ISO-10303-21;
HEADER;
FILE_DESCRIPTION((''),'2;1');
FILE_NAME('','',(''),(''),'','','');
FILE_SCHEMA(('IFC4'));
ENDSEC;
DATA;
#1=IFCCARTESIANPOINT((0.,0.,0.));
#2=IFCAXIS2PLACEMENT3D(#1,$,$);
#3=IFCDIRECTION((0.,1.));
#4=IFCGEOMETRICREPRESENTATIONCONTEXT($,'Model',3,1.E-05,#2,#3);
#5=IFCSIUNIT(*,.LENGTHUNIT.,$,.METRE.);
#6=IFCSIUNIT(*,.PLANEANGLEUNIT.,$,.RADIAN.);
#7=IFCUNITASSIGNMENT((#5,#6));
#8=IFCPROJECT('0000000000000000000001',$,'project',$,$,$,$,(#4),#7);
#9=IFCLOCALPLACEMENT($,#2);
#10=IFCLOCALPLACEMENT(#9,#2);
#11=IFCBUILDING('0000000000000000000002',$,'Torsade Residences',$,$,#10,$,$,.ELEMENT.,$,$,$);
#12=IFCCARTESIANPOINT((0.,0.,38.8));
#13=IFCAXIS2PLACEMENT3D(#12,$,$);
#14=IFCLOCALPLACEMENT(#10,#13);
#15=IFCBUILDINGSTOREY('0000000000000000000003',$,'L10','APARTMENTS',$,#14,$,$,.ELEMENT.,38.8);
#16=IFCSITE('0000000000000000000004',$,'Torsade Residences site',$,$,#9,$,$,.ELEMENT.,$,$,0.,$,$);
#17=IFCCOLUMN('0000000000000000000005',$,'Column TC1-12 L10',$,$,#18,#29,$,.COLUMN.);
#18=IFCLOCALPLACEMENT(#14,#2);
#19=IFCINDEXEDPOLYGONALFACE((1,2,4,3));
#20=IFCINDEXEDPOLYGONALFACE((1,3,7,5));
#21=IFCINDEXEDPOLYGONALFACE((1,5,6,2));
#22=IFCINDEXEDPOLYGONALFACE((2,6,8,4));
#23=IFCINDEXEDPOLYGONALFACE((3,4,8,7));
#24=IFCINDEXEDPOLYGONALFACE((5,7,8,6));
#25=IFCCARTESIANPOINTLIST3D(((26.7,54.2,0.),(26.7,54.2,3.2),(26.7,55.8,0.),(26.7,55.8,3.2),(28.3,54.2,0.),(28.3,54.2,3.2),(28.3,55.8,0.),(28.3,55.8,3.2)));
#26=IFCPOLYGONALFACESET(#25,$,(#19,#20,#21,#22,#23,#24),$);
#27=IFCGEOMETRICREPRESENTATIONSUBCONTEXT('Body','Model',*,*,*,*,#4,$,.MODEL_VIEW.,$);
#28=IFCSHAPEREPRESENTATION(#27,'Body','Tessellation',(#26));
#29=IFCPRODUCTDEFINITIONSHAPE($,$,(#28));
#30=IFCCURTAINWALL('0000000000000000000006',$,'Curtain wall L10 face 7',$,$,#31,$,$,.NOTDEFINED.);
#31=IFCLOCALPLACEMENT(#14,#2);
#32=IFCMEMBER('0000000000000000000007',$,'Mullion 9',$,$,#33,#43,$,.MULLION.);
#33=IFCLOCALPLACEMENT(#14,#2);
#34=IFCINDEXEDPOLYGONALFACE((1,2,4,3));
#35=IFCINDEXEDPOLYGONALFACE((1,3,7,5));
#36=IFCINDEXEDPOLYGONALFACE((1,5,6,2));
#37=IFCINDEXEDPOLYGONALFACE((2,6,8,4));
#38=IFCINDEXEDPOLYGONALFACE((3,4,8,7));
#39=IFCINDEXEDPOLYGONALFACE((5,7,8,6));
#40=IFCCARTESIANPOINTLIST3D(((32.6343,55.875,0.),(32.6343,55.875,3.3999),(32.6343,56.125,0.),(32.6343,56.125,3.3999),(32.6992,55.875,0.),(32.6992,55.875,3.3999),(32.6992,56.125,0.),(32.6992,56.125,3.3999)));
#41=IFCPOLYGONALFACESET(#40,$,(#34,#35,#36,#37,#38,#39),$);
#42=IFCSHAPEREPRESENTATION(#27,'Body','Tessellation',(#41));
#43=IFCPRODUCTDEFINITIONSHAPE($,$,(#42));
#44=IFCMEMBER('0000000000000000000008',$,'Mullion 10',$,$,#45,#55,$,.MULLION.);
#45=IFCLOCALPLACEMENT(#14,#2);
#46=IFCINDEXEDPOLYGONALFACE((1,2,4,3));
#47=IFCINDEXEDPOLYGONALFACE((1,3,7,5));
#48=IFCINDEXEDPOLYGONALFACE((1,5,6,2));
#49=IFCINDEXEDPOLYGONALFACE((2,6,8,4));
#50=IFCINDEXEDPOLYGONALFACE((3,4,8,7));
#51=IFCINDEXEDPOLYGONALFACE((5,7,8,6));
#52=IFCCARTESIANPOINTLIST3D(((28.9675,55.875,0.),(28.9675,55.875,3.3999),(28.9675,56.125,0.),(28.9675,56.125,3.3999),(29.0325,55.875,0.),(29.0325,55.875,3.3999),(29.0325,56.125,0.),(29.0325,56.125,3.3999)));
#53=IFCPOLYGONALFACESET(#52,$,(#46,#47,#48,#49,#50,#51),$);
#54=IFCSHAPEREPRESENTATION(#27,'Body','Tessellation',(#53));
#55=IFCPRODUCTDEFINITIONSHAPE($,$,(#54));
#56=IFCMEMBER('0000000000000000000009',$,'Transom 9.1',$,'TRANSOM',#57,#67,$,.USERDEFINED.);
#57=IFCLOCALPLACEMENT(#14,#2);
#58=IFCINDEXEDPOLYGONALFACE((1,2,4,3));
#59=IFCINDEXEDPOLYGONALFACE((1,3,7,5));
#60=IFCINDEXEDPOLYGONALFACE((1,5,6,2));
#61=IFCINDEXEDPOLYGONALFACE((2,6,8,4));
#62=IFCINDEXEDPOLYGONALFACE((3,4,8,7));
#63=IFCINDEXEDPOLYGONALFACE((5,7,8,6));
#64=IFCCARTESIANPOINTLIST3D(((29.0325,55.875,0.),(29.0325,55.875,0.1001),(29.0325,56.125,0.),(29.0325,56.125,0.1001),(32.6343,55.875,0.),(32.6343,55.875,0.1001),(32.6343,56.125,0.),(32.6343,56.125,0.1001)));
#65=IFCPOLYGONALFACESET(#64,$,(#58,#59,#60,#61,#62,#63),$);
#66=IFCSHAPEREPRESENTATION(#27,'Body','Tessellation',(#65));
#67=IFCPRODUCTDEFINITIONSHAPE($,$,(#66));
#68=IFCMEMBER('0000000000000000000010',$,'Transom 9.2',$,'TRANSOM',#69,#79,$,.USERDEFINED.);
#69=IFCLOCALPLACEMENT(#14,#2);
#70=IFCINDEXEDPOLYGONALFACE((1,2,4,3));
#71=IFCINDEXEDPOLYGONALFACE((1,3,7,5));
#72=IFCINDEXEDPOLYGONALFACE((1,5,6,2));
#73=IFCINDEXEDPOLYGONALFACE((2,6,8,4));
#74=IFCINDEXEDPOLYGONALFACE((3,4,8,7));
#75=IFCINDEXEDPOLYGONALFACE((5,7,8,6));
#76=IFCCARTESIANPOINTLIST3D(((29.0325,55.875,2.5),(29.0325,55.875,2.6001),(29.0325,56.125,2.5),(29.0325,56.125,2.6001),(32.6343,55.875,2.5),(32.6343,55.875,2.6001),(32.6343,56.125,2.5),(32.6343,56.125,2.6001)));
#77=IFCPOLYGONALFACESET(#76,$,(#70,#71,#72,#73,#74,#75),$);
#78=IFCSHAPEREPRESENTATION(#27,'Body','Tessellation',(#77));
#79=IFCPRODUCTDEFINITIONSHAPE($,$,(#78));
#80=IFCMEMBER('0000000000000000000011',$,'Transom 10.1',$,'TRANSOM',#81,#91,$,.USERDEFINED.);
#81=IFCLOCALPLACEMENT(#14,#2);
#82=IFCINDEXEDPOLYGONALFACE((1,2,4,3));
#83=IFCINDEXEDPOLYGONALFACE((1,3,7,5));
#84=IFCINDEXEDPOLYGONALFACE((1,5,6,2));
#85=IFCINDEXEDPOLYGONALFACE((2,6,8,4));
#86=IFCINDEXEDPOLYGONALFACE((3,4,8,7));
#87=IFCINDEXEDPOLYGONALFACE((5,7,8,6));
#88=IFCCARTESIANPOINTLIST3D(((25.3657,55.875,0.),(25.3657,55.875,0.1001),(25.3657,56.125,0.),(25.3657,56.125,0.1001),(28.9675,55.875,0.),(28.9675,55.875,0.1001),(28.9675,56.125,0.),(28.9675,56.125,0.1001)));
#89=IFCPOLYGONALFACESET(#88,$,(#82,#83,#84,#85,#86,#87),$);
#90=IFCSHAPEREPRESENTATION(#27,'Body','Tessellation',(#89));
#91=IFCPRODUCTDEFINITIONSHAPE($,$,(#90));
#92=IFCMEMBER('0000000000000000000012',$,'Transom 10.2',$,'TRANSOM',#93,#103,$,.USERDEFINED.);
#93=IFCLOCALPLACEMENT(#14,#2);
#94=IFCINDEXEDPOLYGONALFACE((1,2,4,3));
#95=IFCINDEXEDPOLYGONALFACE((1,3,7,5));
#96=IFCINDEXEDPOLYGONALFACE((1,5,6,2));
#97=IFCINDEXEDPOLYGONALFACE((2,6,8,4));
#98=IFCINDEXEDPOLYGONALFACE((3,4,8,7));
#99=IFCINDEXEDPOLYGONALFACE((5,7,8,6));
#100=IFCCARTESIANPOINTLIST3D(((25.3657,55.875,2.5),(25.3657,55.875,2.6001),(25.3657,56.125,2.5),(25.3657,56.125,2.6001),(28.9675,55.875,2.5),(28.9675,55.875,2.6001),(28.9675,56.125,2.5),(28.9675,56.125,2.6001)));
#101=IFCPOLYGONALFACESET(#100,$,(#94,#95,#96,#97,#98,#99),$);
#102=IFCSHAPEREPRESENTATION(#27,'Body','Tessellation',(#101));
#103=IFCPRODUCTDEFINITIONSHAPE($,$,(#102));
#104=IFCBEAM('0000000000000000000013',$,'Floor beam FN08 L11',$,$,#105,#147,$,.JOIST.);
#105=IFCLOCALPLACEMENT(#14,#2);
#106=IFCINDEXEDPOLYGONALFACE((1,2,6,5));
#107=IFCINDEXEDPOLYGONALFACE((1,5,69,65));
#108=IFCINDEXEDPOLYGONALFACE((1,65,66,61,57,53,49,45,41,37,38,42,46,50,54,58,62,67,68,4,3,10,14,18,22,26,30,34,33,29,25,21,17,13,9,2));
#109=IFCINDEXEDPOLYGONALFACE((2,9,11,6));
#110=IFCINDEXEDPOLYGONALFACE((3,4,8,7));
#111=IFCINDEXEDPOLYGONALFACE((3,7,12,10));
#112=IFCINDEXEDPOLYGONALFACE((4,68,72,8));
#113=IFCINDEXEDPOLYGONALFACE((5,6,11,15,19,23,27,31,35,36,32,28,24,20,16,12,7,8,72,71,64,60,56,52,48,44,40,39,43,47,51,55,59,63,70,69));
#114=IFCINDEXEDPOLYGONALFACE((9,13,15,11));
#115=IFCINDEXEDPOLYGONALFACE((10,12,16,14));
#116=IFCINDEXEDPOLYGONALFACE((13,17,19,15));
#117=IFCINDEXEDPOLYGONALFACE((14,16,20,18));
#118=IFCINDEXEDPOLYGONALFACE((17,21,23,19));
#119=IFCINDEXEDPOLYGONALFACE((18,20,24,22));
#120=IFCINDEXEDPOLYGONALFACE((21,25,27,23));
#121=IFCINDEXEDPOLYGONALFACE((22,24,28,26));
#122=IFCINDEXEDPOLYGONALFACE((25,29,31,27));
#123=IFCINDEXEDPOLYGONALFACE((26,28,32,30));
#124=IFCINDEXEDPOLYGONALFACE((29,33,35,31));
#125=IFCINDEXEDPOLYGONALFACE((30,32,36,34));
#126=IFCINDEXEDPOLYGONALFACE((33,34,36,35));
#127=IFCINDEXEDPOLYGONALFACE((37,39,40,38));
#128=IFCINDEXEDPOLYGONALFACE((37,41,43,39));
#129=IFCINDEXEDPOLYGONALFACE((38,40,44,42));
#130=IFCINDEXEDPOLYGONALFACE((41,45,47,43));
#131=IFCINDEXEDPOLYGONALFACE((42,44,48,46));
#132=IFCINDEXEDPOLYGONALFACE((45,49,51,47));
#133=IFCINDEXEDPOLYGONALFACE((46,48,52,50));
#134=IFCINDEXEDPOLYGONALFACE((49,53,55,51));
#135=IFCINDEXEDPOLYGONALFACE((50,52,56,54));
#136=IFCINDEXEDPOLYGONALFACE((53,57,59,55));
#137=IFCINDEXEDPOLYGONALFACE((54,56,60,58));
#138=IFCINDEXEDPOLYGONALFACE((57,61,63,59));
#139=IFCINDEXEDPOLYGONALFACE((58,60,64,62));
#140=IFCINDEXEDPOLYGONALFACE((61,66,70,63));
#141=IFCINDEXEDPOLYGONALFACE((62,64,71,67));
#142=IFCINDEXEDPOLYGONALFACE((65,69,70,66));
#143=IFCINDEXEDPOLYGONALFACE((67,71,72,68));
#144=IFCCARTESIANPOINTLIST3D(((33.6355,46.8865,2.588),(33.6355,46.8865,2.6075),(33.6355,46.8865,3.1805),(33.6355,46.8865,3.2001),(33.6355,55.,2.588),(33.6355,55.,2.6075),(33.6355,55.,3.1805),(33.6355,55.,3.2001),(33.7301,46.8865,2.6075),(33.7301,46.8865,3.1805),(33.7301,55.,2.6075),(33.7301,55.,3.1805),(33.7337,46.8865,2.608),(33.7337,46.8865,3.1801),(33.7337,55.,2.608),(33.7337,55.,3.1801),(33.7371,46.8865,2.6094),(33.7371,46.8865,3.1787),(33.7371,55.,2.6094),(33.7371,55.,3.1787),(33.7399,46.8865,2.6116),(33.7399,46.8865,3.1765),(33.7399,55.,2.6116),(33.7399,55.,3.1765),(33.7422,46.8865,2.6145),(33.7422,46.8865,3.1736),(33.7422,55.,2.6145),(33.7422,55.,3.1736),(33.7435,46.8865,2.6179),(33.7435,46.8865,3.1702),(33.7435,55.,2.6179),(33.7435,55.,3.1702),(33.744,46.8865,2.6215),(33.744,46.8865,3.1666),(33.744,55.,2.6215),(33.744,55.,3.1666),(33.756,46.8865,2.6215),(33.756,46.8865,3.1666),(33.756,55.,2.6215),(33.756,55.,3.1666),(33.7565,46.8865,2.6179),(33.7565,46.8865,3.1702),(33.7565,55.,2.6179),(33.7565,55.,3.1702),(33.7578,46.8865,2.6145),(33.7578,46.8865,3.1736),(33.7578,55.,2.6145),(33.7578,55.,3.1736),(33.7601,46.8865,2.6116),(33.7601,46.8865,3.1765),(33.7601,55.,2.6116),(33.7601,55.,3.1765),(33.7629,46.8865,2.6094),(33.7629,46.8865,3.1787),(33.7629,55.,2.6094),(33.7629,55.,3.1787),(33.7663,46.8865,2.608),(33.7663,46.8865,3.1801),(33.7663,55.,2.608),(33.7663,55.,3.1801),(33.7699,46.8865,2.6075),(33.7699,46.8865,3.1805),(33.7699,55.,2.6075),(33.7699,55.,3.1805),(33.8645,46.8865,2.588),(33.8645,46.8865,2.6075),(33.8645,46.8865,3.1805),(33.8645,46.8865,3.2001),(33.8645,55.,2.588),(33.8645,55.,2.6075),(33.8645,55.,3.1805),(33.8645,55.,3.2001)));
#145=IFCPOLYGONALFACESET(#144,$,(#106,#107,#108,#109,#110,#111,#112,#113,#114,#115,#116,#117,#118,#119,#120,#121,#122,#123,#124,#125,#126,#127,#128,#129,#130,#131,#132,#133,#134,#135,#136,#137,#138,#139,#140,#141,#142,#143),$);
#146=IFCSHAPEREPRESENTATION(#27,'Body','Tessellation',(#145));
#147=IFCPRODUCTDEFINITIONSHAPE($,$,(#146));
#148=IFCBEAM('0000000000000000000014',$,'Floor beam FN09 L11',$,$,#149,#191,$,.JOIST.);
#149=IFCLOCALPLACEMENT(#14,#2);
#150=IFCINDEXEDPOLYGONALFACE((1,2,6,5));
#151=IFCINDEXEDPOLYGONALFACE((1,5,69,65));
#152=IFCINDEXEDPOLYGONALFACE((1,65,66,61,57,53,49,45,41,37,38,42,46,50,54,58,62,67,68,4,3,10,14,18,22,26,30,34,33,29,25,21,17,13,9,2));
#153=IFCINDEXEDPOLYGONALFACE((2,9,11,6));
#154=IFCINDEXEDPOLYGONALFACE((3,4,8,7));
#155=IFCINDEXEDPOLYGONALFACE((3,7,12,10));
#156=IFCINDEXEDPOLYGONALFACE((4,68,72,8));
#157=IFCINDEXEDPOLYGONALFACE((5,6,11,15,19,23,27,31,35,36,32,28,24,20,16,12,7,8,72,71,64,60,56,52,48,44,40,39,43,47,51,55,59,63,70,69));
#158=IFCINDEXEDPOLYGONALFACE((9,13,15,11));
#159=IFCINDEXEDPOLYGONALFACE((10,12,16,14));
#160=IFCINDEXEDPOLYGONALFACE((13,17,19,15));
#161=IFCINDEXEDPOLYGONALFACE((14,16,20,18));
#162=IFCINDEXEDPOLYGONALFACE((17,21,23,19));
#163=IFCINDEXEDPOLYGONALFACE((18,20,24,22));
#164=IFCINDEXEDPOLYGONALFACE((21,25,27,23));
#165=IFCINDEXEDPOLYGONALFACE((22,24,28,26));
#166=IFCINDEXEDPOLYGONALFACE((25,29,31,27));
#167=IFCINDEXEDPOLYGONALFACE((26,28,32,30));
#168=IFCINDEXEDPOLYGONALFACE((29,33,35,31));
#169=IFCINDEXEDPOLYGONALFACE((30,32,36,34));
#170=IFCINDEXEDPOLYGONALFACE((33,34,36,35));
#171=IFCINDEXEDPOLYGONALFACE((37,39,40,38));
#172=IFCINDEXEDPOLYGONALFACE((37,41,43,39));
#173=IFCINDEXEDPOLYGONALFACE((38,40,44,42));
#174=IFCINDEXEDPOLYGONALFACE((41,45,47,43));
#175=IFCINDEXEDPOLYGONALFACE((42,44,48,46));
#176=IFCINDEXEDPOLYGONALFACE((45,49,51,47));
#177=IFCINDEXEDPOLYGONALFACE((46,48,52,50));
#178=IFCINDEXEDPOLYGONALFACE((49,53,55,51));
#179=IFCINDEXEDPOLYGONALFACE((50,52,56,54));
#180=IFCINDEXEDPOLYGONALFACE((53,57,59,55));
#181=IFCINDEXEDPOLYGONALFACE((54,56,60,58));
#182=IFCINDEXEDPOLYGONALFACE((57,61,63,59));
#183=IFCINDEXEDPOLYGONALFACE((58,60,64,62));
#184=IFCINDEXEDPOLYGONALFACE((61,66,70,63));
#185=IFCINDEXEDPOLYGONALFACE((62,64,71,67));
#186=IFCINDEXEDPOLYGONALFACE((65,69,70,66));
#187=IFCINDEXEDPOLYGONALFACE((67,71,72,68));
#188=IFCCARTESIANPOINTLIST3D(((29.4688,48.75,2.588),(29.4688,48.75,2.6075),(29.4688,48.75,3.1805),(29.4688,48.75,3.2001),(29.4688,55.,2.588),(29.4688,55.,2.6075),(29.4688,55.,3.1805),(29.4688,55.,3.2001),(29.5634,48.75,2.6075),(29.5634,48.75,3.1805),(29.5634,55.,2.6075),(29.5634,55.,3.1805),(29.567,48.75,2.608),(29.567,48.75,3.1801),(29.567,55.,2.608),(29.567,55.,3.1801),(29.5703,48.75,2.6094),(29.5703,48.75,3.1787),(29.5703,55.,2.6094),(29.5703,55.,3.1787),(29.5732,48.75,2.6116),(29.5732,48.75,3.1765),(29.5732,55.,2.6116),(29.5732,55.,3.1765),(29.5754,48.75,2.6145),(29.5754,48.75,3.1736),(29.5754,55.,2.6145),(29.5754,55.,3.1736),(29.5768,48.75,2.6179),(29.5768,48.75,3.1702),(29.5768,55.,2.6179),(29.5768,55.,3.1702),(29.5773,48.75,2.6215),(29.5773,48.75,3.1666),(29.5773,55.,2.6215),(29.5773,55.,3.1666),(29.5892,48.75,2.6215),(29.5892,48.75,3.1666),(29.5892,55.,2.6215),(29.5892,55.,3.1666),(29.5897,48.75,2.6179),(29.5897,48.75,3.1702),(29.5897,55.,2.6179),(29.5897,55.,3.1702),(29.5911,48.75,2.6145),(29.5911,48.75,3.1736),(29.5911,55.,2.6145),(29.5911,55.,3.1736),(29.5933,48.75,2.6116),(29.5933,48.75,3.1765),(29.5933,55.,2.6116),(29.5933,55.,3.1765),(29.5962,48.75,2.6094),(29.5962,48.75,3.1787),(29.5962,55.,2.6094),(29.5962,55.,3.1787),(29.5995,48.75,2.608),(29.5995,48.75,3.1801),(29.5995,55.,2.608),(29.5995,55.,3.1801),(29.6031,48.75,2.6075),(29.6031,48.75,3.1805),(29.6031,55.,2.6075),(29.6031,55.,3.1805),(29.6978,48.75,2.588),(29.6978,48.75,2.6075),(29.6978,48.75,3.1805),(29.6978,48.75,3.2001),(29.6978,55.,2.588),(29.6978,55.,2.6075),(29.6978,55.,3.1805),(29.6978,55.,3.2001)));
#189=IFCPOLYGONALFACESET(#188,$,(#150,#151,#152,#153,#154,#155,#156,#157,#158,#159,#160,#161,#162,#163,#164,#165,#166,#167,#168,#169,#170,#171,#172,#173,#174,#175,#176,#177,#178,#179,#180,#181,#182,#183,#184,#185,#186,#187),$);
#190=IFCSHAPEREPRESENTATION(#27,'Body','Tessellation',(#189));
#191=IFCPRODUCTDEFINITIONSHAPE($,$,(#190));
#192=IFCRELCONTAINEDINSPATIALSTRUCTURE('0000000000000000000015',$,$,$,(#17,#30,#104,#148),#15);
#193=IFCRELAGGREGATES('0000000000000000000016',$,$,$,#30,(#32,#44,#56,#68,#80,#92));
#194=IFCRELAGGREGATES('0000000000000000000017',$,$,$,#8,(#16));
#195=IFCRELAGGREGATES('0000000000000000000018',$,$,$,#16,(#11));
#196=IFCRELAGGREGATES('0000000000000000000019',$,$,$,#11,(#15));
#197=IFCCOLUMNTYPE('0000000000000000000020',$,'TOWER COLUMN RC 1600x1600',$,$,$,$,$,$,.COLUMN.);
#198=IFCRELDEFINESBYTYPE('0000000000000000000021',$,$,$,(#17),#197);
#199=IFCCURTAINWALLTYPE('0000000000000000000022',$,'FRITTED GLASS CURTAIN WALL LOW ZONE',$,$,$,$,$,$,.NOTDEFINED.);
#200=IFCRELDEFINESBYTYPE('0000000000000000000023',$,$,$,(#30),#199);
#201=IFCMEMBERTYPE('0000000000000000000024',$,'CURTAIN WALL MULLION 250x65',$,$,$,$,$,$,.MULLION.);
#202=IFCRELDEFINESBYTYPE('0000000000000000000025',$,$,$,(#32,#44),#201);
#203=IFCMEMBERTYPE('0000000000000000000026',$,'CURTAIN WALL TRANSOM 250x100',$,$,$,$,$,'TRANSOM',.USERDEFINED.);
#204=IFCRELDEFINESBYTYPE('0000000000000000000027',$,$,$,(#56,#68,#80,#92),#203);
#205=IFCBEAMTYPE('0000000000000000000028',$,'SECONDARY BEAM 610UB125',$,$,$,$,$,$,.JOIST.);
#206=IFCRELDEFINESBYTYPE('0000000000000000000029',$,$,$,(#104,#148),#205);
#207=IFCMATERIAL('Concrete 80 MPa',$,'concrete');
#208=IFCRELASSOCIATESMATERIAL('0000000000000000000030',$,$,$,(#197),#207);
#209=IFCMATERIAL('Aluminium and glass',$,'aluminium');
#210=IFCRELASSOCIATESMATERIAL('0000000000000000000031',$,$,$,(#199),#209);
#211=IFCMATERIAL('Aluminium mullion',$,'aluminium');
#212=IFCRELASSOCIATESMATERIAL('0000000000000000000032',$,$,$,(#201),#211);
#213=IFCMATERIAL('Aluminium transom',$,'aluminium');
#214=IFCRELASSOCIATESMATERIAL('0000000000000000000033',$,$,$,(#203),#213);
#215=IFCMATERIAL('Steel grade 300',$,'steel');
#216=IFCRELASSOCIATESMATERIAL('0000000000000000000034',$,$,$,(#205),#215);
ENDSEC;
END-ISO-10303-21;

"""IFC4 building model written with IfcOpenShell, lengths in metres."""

from ifc_helpers import new_model, si_unit, direction, frame, origin, origin_2d, place, context, subcontext, project, spatial, rectangle, i_section, extrude, material, material_profile, profile_set, type_object, element, aggregate, save


model = new_model("IFC4")

# Units and contexts
model_context = context("Model", 3, precision=1e-05, world=origin(), true_north=direction((0.0, 1.0)))
body_context = subcontext(model_context, "Body", "Model", "MODEL_VIEW")
ifc_project = project(units=[si_unit("LENGTHUNIT", "METRE"), si_unit("PLANEANGLEUNIT", "RADIAN")], contexts=[model_context])

# Site, building, storey
site_placement = place(None, origin())
site = spatial("IfcSite", under=ifc_project, at=site_placement, Name="Torsade Residences site", CompositionType="ELEMENT", RefElevation=0.0)
building_placement = place(site_placement, origin())
building = spatial("IfcBuilding", under=site, at=building_placement, Name="Torsade Residences", CompositionType="ELEMENT")
storey_placement = place(building_placement, frame((0.0, 0.0, 38.8)))
storey = spatial("IfcBuildingStorey", under=building, at=storey_placement, Name="L10", Description="APARTMENTS", CompositionType="ELEMENT", Elevation=38.8)

# Column
ifc_material_1 = material(Name="Concrete 80 MPa", Category="concrete")
ifc_material_profile_1 = material_profile(ifc_material_1, rectangle(XDim=1.6001, YDim=1.6001, at=origin_2d()), Name="RC 1600x1600")
ifc_profile_set_1 = profile_set([ifc_material_profile_1], Name="Concrete 80 MPa")
column_type = type_object("IfcColumnType", Name="TOWER COLUMN RC 1600x1600", PredefinedType="COLUMN", material=ifc_profile_set_1)
column_placement = place(storey_placement, frame((27.5, 55.0, 0.0), z_axis=(0.0, 0.0, 1.0), x_axis=(1.0, 0.0, 0.0)))
element("IfcColumn", 1, at=column_placement, inside=storey, type_object=column_type, Name="Column TC1-12 L10", PredefinedType="COLUMN", context=body_context, shape_type="SweptSolid", body=[
    extrude(rectangle(XDim=1.6001, YDim=1.6001, at=origin_2d()), origin(), (0.0, 0.0, 1.0), 3.2),
])

# Curtain wall, members
ifc_material_2 = material(Name="Aluminium and glass", Category="aluminium")
curtain_wall_type = type_object("IfcCurtainWallType", Name="FRITTED GLASS CURTAIN WALL LOW ZONE", PredefinedType="NOTDEFINED", material=ifc_material_2)
curtain_wall_placement = place(storey_placement, origin())
curtain_wall = element("IfcCurtainWall", 2, at=curtain_wall_placement, inside=storey, type_object=curtain_wall_type, Name="Curtain wall L10 face 7", PredefinedType="NOTDEFINED")
ifc_material_3 = material(Name="Aluminium mullion", Category="aluminium")
ifc_material_profile_2 = material_profile(ifc_material_3, rectangle(XDim=0.25, YDim=0.0649, at=origin_2d()), Name="CURTAIN WALL MULLION 250x65")
ifc_profile_set_2 = profile_set([ifc_material_profile_2], Name="Aluminium mullion")
member_type_1 = type_object("IfcMemberType", Name="CURTAIN WALL MULLION 250x65", PredefinedType="MULLION", material=ifc_profile_set_2)
member_1_placement = place(storey_placement, frame((32.6667, 56.0, 0.0), z_axis=(0.0, 0.0, 1.0), x_axis=(0.0, -1.0, 0.0)))
member_1 = element("IfcMember", 3, at=member_1_placement, type_object=member_type_1, Name="Mullion 9", PredefinedType="MULLION", context=body_context, shape_type="SweptSolid", body=[
    extrude(rectangle(XDim=0.25, YDim=0.0649, at=origin_2d()), origin(), (0.0, 0.0, 1.0), 3.3999),
])
member_2_placement = place(storey_placement, frame((29.0, 56.0, 0.0), z_axis=(0.0, 0.0, 1.0), x_axis=(0.0, -1.0, 0.0)))
member_2 = element("IfcMember", 4, at=member_2_placement, type_object=member_type_1, Name="Mullion 10", PredefinedType="MULLION", context=body_context, shape_type="SweptSolid", body=[
    extrude(rectangle(XDim=0.25, YDim=0.0649, at=origin_2d()), origin(), (0.0, 0.0, 1.0), 3.3999),
])
ifc_material_4 = material(Name="Aluminium transom", Category="aluminium")
ifc_material_profile_3 = material_profile(ifc_material_4, rectangle(XDim=0.25, YDim=0.1001, at=origin_2d()), Name="CURTAIN WALL TRANSOM 250x100")
ifc_profile_set_3 = profile_set([ifc_material_profile_3], Name="Aluminium transom")
member_type_2 = type_object("IfcMemberType", Name="CURTAIN WALL TRANSOM 250x100", ElementType="TRANSOM", PredefinedType="USERDEFINED", material=ifc_profile_set_3)
member_3_placement = place(storey_placement, frame((32.6343, 56.0, 0.05), z_axis=(-1.0, 0.0, 0.0), x_axis=(0.0, -1.0, 0.0)))
member_3 = element("IfcMember", 5, at=member_3_placement, type_object=member_type_2, Name="Transom 9.1", ObjectType="TRANSOM", PredefinedType="USERDEFINED", context=body_context, shape_type="SweptSolid", body=[
    extrude(rectangle(XDim=0.25, YDim=0.1001, at=origin_2d()), origin(), (0.0, 0.0, 1.0), 3.6018),
])
member_4_placement = place(storey_placement, frame((32.6343, 56.0, 2.55), z_axis=(-1.0, 0.0, 0.0), x_axis=(0.0, -1.0, 0.0)))
member_4 = element("IfcMember", 6, at=member_4_placement, type_object=member_type_2, Name="Transom 9.2", ObjectType="TRANSOM", PredefinedType="USERDEFINED", context=body_context, shape_type="SweptSolid", body=[
    extrude(rectangle(XDim=0.25, YDim=0.1001, at=origin_2d()), origin(), (0.0, 0.0, 1.0), 3.6018),
])
member_5_placement = place(storey_placement, frame((28.9675, 56.0, 0.05), z_axis=(-1.0, 0.0, 0.0), x_axis=(0.0, -1.0, 0.0)))
member_5 = element("IfcMember", 7, at=member_5_placement, type_object=member_type_2, Name="Transom 10.1", ObjectType="TRANSOM", PredefinedType="USERDEFINED", context=body_context, shape_type="SweptSolid", body=[
    extrude(rectangle(XDim=0.25, YDim=0.1001, at=origin_2d()), origin(), (0.0, 0.0, 1.0), 3.6018),
])
member_6_placement = place(storey_placement, frame((28.9675, 56.0, 2.55), z_axis=(-1.0, 0.0, 0.0), x_axis=(0.0, -1.0, 0.0)))
member_6 = element("IfcMember", 8, at=member_6_placement, type_object=member_type_2, Name="Transom 10.2", ObjectType="TRANSOM", PredefinedType="USERDEFINED", context=body_context, shape_type="SweptSolid", body=[
    extrude(rectangle(XDim=0.25, YDim=0.1001, at=origin_2d()), origin(), (0.0, 0.0, 1.0), 3.6018),
])

# Beams
ifc_material_5 = material(Name="Steel grade 300", Category="steel")
ifc_material_profile_4 = material_profile(ifc_material_5, i_section(OverallWidth=0.229, OverallDepth=0.6121, WebThickness=0.012, FlangeThickness=0.0195, FilletRadius=0.0139, at=origin_2d()), Name="610UB125")
ifc_profile_set_4 = profile_set([ifc_material_profile_4], Name="Steel grade 300")
beam_type_1 = type_object("IfcBeamType", Name="SECONDARY BEAM 610UB125", PredefinedType="JOIST", material=ifc_profile_set_4)
beam_1_placement = place(storey_placement, frame((33.75, 55.0, 2.894), z_axis=(0.0, -1.0, 0.0), x_axis=(1.0, 0.0, 0.0)))
element("IfcBeam", 9, at=beam_1_placement, inside=storey, type_object=beam_type_1, Name="Floor beam FN08 L11", PredefinedType="JOIST", context=body_context, shape_type="SweptSolid", body=[
    extrude(i_section(OverallWidth=0.229, OverallDepth=0.6121, WebThickness=0.012, FlangeThickness=0.0195, FilletRadius=0.0139, at=origin_2d()), origin(), (0.0, 0.0, 1.0), 8.1135),
])
beam_2_placement = place(storey_placement, frame((29.5833, 55.0, 2.894), z_axis=(0.0, -1.0, 0.0), x_axis=(1.0, 0.0, 0.0)))
element("IfcBeam", 10, at=beam_2_placement, inside=storey, type_object=beam_type_1, Name="Floor beam FN09 L11", PredefinedType="JOIST", context=body_context, shape_type="SweptSolid", body=[
    extrude(i_section(OverallWidth=0.229, OverallDepth=0.6121, WebThickness=0.012, FlangeThickness=0.0195, FilletRadius=0.0139, at=origin_2d()), origin(), (0.0, 0.0, 1.0), 6.25),
])

aggregate(curtain_wall, [member_1, member_2, member_3, member_4, member_5, member_6])

save(model, "model.ifc")
